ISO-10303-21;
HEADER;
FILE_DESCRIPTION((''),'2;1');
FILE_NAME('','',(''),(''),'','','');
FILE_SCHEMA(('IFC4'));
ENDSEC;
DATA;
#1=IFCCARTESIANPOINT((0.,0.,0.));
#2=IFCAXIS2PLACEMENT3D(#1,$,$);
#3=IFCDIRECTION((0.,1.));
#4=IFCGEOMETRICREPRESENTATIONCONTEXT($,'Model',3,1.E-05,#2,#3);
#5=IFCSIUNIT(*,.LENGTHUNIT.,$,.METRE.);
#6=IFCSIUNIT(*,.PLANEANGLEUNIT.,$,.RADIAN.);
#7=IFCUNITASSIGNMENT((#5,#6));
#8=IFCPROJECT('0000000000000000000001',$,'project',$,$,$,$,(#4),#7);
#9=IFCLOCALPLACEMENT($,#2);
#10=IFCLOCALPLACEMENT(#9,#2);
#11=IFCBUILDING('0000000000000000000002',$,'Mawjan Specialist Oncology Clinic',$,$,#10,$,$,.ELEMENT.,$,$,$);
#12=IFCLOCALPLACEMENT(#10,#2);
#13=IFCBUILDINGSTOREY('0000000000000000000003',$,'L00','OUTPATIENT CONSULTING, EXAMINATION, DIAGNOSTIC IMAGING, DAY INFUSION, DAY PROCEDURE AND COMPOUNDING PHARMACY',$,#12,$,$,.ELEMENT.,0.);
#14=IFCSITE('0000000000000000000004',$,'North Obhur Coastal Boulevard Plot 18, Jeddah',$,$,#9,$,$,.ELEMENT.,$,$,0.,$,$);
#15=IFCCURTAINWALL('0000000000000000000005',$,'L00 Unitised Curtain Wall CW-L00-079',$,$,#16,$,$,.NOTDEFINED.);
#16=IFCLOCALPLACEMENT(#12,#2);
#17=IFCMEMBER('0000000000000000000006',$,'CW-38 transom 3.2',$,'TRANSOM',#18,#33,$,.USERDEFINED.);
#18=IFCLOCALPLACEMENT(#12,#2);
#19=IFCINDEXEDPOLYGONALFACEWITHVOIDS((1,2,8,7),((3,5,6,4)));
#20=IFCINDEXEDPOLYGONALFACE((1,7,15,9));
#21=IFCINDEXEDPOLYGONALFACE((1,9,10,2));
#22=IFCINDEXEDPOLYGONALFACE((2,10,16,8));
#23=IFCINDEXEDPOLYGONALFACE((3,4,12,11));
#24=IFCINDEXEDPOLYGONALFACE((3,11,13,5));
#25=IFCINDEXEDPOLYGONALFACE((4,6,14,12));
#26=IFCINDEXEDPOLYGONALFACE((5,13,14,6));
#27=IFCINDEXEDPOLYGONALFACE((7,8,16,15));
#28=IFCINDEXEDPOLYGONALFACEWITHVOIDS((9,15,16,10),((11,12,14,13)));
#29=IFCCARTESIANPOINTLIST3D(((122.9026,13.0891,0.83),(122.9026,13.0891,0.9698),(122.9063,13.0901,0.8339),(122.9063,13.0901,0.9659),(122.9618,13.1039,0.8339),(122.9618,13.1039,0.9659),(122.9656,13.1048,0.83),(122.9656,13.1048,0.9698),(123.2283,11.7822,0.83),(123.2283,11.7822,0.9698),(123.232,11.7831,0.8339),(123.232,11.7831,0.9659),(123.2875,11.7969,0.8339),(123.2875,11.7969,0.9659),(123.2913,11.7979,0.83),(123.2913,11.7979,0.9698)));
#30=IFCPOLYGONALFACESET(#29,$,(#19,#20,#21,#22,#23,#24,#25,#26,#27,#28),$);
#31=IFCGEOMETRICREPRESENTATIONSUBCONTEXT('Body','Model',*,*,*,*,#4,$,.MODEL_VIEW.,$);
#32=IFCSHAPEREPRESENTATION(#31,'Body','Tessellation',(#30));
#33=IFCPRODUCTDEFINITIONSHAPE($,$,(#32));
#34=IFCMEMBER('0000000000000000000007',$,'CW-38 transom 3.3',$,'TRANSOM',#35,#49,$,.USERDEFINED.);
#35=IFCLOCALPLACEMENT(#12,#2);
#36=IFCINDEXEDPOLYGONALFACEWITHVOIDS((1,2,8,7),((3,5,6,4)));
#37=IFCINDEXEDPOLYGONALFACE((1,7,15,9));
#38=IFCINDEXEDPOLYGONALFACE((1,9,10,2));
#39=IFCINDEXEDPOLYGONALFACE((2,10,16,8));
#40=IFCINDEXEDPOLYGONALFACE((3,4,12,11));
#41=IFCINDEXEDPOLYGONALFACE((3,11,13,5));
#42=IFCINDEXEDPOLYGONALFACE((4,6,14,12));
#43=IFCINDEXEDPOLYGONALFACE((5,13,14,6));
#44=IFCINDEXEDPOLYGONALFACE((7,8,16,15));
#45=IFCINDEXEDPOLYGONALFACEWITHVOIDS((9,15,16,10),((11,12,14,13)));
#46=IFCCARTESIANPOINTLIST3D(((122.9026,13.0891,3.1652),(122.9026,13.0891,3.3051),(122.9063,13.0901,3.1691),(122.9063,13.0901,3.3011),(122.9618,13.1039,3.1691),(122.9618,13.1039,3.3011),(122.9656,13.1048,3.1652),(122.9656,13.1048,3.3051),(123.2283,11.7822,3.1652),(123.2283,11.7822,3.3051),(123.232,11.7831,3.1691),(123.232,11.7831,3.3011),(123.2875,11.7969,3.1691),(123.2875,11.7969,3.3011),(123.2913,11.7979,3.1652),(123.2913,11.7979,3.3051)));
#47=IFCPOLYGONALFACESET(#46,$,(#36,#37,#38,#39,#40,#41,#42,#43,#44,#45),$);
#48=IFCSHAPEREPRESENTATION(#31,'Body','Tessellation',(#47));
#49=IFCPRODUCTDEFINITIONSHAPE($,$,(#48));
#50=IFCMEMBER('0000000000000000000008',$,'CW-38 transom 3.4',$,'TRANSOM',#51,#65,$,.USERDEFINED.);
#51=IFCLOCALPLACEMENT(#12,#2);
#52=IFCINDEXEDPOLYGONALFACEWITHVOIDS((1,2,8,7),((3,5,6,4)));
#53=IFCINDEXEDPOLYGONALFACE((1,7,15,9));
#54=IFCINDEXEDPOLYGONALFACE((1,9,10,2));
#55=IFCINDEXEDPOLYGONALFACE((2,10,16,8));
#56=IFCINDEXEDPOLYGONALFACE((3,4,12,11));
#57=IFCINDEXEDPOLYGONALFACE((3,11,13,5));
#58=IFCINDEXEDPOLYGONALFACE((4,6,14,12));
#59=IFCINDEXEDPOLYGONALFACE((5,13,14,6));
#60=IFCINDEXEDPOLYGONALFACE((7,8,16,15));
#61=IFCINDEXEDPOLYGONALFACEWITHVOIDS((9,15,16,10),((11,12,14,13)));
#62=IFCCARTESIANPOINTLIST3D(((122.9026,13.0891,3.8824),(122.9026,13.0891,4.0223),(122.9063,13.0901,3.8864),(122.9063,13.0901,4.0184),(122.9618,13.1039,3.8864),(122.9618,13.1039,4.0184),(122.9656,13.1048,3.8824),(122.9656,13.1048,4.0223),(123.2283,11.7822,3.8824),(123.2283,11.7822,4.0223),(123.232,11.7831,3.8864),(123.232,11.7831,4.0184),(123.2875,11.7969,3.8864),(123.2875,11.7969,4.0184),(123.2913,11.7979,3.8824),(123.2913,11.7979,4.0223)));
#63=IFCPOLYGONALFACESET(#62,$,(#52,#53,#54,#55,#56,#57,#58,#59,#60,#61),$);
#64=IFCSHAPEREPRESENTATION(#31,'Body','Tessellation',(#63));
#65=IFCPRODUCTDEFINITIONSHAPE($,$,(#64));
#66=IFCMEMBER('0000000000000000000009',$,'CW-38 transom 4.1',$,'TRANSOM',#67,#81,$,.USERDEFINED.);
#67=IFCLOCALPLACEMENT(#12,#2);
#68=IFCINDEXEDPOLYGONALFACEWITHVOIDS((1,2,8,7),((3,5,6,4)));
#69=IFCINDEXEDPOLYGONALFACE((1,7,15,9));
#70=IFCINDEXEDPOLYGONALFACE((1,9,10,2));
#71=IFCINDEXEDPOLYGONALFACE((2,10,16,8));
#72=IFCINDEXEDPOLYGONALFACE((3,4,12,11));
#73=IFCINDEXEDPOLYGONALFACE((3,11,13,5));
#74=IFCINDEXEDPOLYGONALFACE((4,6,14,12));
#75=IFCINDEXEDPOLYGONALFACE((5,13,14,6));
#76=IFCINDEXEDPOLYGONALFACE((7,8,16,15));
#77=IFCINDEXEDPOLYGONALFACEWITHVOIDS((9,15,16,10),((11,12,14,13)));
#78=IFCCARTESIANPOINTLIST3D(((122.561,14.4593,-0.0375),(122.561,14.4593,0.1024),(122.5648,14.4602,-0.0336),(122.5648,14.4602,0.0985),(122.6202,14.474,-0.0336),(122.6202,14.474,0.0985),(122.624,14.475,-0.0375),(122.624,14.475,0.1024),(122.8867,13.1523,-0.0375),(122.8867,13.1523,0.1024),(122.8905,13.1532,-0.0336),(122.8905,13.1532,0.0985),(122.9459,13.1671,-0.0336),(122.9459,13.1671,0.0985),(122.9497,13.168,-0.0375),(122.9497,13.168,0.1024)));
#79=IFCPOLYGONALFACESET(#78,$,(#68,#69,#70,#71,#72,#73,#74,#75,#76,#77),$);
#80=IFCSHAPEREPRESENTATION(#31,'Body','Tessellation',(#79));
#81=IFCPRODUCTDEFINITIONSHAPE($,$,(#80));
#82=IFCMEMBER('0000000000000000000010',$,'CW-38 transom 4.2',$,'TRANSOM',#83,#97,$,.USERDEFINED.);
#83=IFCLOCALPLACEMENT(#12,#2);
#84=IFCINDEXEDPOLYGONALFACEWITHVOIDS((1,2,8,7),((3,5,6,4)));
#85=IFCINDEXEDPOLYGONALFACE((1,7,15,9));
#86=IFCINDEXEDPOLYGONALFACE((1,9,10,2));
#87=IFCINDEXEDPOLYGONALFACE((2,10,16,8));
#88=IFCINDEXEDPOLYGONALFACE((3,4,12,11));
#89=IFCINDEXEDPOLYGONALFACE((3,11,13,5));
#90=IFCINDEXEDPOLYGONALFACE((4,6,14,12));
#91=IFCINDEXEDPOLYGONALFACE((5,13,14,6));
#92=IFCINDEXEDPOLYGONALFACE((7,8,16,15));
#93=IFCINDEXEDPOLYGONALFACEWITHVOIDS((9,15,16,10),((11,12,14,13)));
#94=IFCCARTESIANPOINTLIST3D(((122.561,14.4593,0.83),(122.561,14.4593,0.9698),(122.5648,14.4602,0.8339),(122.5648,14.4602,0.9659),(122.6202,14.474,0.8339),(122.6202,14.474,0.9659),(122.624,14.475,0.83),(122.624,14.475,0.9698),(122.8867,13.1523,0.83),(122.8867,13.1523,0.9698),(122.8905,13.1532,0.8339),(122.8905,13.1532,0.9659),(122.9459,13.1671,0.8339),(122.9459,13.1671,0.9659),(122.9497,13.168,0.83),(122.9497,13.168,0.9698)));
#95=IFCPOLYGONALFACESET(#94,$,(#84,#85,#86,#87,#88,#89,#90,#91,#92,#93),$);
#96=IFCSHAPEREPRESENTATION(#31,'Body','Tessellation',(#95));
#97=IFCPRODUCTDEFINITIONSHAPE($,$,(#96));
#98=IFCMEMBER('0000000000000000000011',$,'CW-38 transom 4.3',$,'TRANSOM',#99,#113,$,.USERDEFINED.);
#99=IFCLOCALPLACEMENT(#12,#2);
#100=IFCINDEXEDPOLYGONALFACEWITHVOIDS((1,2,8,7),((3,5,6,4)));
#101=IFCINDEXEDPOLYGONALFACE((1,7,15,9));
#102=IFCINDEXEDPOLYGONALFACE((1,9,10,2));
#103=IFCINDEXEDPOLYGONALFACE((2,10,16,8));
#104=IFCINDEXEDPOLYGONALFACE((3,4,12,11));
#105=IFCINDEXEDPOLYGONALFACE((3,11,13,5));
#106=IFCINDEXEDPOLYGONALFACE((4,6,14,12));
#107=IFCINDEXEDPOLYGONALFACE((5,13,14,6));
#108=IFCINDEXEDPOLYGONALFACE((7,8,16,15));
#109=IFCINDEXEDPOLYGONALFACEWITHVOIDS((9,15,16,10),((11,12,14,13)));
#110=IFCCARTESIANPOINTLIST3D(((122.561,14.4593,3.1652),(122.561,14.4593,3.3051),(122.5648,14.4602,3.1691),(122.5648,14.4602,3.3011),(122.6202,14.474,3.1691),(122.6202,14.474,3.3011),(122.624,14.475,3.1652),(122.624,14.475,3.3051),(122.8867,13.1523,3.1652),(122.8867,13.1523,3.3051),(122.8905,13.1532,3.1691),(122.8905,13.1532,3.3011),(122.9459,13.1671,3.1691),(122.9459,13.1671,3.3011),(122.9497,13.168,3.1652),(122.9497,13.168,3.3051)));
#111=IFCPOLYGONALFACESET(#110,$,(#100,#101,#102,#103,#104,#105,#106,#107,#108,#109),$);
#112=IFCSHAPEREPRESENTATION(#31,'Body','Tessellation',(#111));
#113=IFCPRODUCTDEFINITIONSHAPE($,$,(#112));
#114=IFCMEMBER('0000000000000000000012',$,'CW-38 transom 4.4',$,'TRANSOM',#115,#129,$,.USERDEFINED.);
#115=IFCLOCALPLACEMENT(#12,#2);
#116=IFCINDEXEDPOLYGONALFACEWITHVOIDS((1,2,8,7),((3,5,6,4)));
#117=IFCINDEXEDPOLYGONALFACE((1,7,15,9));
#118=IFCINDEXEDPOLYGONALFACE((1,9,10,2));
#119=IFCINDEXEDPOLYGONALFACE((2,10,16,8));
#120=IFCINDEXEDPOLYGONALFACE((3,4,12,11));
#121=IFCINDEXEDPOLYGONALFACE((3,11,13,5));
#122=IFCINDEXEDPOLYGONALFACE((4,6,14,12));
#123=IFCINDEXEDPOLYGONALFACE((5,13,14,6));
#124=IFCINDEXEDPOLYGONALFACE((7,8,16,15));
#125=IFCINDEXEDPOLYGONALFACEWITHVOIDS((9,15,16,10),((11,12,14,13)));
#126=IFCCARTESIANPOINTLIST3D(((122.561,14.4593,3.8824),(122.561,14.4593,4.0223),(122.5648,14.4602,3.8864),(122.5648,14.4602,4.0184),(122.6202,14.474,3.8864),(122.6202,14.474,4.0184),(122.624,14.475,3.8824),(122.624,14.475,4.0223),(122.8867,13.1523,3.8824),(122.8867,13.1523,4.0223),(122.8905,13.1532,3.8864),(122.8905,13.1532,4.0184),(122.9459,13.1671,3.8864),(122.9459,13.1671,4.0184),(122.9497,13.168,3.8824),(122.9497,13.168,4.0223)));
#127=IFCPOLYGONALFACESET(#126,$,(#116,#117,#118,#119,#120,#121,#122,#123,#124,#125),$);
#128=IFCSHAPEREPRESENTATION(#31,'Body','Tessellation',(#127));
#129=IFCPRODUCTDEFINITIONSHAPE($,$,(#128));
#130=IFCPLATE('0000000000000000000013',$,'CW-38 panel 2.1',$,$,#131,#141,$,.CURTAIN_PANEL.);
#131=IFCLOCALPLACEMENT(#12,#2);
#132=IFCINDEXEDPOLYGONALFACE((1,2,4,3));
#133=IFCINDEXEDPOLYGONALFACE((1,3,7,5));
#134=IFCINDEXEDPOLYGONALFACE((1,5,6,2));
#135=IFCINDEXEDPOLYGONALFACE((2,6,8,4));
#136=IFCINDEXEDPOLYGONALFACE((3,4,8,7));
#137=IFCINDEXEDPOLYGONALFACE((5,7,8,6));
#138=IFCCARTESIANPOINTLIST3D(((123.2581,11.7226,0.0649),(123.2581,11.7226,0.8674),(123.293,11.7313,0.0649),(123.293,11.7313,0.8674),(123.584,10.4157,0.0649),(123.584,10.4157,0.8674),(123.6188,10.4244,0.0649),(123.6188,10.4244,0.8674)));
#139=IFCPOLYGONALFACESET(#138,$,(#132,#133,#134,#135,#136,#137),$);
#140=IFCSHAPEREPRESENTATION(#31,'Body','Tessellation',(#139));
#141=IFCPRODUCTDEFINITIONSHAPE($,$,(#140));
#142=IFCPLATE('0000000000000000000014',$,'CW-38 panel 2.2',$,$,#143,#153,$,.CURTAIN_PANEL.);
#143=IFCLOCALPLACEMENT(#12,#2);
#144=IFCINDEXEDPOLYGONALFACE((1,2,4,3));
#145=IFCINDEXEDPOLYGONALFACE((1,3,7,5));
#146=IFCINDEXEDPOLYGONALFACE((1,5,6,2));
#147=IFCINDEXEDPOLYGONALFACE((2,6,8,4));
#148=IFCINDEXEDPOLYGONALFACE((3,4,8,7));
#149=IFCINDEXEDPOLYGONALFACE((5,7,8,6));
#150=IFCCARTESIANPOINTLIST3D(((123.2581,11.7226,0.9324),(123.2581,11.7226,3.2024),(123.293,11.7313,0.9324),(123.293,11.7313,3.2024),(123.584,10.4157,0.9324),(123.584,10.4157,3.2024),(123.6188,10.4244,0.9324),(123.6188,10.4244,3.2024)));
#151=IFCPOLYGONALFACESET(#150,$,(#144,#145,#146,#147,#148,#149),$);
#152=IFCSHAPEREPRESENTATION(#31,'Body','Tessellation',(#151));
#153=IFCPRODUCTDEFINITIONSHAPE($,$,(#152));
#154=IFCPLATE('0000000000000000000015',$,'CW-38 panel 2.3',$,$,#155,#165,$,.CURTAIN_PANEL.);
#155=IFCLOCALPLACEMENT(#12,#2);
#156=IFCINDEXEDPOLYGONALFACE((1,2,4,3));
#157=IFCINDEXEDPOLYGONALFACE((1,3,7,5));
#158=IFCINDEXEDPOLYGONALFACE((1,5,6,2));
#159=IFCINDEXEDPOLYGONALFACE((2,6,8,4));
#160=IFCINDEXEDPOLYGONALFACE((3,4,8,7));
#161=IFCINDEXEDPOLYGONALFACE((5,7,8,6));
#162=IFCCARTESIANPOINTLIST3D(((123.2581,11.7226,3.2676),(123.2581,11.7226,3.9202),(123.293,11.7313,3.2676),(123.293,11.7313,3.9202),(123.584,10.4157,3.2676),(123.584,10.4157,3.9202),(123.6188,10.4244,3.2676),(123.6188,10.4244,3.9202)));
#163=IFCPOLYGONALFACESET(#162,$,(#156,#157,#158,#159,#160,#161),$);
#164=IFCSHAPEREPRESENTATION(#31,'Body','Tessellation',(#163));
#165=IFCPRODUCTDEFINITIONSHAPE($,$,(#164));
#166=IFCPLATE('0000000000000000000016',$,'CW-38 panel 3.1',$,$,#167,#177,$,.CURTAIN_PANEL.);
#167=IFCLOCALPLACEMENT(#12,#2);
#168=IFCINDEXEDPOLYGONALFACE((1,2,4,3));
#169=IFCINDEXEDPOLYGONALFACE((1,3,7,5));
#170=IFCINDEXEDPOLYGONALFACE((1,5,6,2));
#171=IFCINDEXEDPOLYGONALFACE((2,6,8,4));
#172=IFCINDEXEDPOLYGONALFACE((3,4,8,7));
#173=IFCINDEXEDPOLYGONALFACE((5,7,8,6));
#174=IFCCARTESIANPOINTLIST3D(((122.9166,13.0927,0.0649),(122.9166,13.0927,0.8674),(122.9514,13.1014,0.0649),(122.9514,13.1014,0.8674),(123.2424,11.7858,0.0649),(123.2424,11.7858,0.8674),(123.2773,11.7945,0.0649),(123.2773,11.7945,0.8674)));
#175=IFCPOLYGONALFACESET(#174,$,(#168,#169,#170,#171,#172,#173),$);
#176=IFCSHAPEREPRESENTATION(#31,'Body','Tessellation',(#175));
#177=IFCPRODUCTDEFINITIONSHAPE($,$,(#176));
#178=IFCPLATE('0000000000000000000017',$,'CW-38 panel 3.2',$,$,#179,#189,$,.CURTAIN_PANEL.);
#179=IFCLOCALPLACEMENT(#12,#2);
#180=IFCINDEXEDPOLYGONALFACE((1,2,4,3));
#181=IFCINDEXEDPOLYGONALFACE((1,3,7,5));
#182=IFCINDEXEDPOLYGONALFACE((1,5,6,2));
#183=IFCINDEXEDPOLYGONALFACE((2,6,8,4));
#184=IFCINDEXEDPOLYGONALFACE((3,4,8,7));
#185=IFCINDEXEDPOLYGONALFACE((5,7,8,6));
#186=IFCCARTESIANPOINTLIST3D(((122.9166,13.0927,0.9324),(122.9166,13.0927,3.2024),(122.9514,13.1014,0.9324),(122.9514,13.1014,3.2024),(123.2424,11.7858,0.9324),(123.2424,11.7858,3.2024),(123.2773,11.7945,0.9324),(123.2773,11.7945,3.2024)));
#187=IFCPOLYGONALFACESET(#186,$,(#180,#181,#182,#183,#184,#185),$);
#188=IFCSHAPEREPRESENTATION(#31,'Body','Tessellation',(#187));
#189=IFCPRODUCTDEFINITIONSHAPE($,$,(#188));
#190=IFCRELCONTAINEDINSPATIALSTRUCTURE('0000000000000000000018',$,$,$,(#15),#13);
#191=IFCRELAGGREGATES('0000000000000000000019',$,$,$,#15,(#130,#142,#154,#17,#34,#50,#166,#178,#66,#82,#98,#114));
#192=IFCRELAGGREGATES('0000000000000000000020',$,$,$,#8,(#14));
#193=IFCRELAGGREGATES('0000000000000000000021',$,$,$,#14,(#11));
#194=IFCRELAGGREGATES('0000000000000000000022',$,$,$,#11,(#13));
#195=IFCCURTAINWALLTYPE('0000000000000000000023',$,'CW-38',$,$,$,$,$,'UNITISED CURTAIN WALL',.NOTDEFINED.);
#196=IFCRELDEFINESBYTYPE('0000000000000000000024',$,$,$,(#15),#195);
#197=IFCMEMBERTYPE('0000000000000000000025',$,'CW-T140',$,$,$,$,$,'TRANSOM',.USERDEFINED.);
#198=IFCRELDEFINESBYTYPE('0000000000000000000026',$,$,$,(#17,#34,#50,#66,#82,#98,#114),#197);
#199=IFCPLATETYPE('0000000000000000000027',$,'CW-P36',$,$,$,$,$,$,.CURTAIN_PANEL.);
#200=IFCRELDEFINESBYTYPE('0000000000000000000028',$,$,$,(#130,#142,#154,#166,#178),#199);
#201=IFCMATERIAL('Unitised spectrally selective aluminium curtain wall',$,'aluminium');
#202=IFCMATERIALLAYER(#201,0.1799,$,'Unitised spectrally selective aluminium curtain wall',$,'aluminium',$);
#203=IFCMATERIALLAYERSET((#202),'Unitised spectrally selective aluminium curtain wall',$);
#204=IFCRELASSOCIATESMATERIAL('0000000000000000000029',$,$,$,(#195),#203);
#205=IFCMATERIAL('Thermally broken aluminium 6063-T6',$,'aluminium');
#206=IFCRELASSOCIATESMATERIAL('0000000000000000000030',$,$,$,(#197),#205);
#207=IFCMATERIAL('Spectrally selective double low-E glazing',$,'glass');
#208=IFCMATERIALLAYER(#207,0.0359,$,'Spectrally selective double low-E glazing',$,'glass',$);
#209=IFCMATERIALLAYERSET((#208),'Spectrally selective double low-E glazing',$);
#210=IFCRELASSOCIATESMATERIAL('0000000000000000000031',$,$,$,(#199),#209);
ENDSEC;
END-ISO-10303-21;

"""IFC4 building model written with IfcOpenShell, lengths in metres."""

from ifc_helpers import new_model, si_unit, direction, frame, origin, origin_2d, place, context, subcontext, project, spatial, rectangle, hollow_rectangle, extrude, material, layer, layer_set, material_profile, profile_set, type_object, element, aggregate, save


model = new_model("IFC4")

# Units and contexts
model_context = context("Model", 3, precision=1e-05, world=origin(), true_north=direction((0.0, 1.0)))
body_context = subcontext(model_context, "Body", "Model", "MODEL_VIEW")
ifc_project = project(units=[si_unit("LENGTHUNIT", "METRE"), si_unit("PLANEANGLEUNIT", "RADIAN")], contexts=[model_context])

# Site, building, storey
site_placement = place(None, origin())
site = spatial("IfcSite", under=ifc_project, at=site_placement, Name="North Obhur Coastal Boulevard Plot 18, Jeddah", CompositionType="ELEMENT", RefElevation=0.0)
building_placement = place(site_placement, origin())
building = spatial("IfcBuilding", under=site, at=building_placement, Name="Mawjan Specialist Oncology Clinic", CompositionType="ELEMENT")
storey_placement = place(building_placement, origin())
storey = spatial("IfcBuildingStorey", under=building, at=storey_placement, Name="L00", Description="OUTPATIENT CONSULTING, EXAMINATION, DIAGNOSTIC IMAGING, DAY INFUSION, DAY PROCEDURE AND COMPOUNDING PHARMACY", CompositionType="ELEMENT", Elevation=0.0)

# Curtain wall, members, plates
ifc_material_1 = material(Name="Unitised spectrally selective aluminium curtain wall", Category="aluminium")
ifc_layer_1 = layer(ifc_material_1, 0.1799, Name="Unitised spectrally selective aluminium curtain wall", Category="aluminium")
ifc_layer_set_1 = layer_set([ifc_layer_1], Name="Unitised spectrally selective aluminium curtain wall")
curtain_wall_type = type_object("IfcCurtainWallType", Name="CW-38", ElementType="UNITISED CURTAIN WALL", PredefinedType="NOTDEFINED", material=ifc_layer_set_1)
curtain_wall_placement = place(storey_placement, origin())
curtain_wall = element("IfcCurtainWall", 1, at=curtain_wall_placement, inside=storey, type_object=curtain_wall_type, Name="L00 Unitised Curtain Wall CW-L00-079", PredefinedType="NOTDEFINED")
ifc_material_2 = material(Name="Thermally broken aluminium 6063-T6", Category="aluminium")
ifc_material_profile_1 = material_profile(ifc_material_2, hollow_rectangle(XDim=0.0649, YDim=0.1399, WallThickness=0.0039, at=origin_2d()), Name="ALU TRANSOM 140x65x4", Category="aluminium")
ifc_profile_set_1 = profile_set([ifc_material_profile_1], Name="Thermally broken aluminium 6063-T6")
member_type_1 = type_object("IfcMemberType", Name="CW-T140", ElementType="TRANSOM", PredefinedType="USERDEFINED", material=ifc_profile_set_1)
member_1_placement = place(storey_placement, frame((123.2598, 11.79, 0.8999), z_axis=(-0.24181, 0.970323, 0.0), x_axis=(-0.970323, -0.24181, 0.0)))
member_1 = element("IfcMember", 2, at=member_1_placement, type_object=member_type_1, Name="CW-38 transom 3.2", ObjectType="TRANSOM", PredefinedType="USERDEFINED", context=body_context, shape_type="SweptSolid", body=[
    extrude(hollow_rectangle(XDim=0.0649, YDim=0.1399, WallThickness=0.0039, at=origin_2d()), origin(), (0.0, 0.0, 1.0), 1.3469),
])
member_2_placement = place(storey_placement, frame((123.2598, 11.79, 3.2351), z_axis=(-0.24181, 0.970323, 0.0), x_axis=(-0.970323, -0.24181, 0.0)))
member_2 = element("IfcMember", 3, at=member_2_placement, type_object=member_type_1, Name="CW-38 transom 3.3", ObjectType="TRANSOM", PredefinedType="USERDEFINED", context=body_context, shape_type="SweptSolid", body=[
    extrude(hollow_rectangle(XDim=0.0649, YDim=0.1399, WallThickness=0.0039, at=origin_2d()), origin(), (0.0, 0.0, 1.0), 1.3469),
])
member_3_placement = place(storey_placement, frame((123.2598, 11.79, 3.9524), z_axis=(-0.24181, 0.970323, 0.0), x_axis=(-0.970323, -0.24181, 0.0)))
member_3 = element("IfcMember", 4, at=member_3_placement, type_object=member_type_1, Name="CW-38 transom 3.4", ObjectType="TRANSOM", PredefinedType="USERDEFINED", context=body_context, shape_type="SweptSolid", body=[
    extrude(hollow_rectangle(XDim=0.0649, YDim=0.1399, WallThickness=0.0039, at=origin_2d()), origin(), (0.0, 0.0, 1.0), 1.3469),
])
member_4_placement = place(storey_placement, frame((122.9182, 13.1602, 0.0325), z_axis=(-0.24181, 0.970323, 0.0), x_axis=(-0.970323, -0.24181, 0.0)))
member_4 = element("IfcMember", 5, at=member_4_placement, type_object=member_type_1, Name="CW-38 transom 4.1", ObjectType="TRANSOM", PredefinedType="USERDEFINED", context=body_context, shape_type="SweptSolid", body=[
    extrude(hollow_rectangle(XDim=0.0649, YDim=0.1399, WallThickness=0.0039, at=origin_2d()), origin(), (0.0, 0.0, 1.0), 1.3469),
])
member_5_placement = place(storey_placement, frame((122.9182, 13.1602, 0.8999), z_axis=(-0.24181, 0.970323, 0.0), x_axis=(-0.970323, -0.24181, 0.0)))
member_5 = element("IfcMember", 6, at=member_5_placement, type_object=member_type_1, Name="CW-38 transom 4.2", ObjectType="TRANSOM", PredefinedType="USERDEFINED", context=body_context, shape_type="SweptSolid", body=[
    extrude(hollow_rectangle(XDim=0.0649, YDim=0.1399, WallThickness=0.0039, at=origin_2d()), origin(), (0.0, 0.0, 1.0), 1.3469),
])
member_6_placement = place(storey_placement, frame((122.9182, 13.1602, 3.2351), z_axis=(-0.24181, 0.970323, 0.0), x_axis=(-0.970323, -0.24181, 0.0)))
member_6 = element("IfcMember", 7, at=member_6_placement, type_object=member_type_1, Name="CW-38 transom 4.3", ObjectType="TRANSOM", PredefinedType="USERDEFINED", context=body_context, shape_type="SweptSolid", body=[
    extrude(hollow_rectangle(XDim=0.0649, YDim=0.1399, WallThickness=0.0039, at=origin_2d()), origin(), (0.0, 0.0, 1.0), 1.3469),
])
member_7_placement = place(storey_placement, frame((122.9182, 13.1602, 3.9524), z_axis=(-0.24181, 0.970323, 0.0), x_axis=(-0.970323, -0.24181, 0.0)))
member_7 = element("IfcMember", 8, at=member_7_placement, type_object=member_type_1, Name="CW-38 transom 4.4", ObjectType="TRANSOM", PredefinedType="USERDEFINED", context=body_context, shape_type="SweptSolid", body=[
    extrude(hollow_rectangle(XDim=0.0649, YDim=0.1399, WallThickness=0.0039, at=origin_2d()), origin(), (0.0, 0.0, 1.0), 1.3469),
])
ifc_material_3 = material(Name="Spectrally selective double low-E glazing", Category="glass")
ifc_layer_2 = layer(ifc_material_3, 0.0359, Name="Spectrally selective double low-E glazing", Category="glass")
ifc_layer_set_2 = layer_set([ifc_layer_2], Name="Spectrally selective double low-E glazing")
plate_type = type_object("IfcPlateType", Name="CW-P36", PredefinedType="CURTAIN_PANEL", material=ifc_layer_set_2)
plate_1_placement = place(storey_placement, frame((123.4385, 11.0735, 0.0649), z_axis=(0.0, 0.0, 1.0), x_axis=(-0.241922, 0.970296, 0.0)))
plate_1 = element("IfcPlate", 9, at=plate_1_placement, type_object=plate_type, Name="CW-38 panel 2.1", PredefinedType="CURTAIN_PANEL", context=body_context, shape_type="SweptSolid", body=[
    extrude(rectangle(XDim=1.3469, YDim=0.0359, at=origin_2d()), origin(), (0.0, 0.0, 1.0), 0.8025),
])
plate_2_placement = place(storey_placement, frame((123.4385, 11.0735, 0.9324), z_axis=(0.0, 0.0, 1.0), x_axis=(-0.241922, 0.970296, 0.0)))
plate_2 = element("IfcPlate", 10, at=plate_2_placement, type_object=plate_type, Name="CW-38 panel 2.2", PredefinedType="CURTAIN_PANEL", context=body_context, shape_type="SweptSolid", body=[
    extrude(rectangle(XDim=1.3469, YDim=0.0359, at=origin_2d()), origin(), (0.0, 0.0, 1.0), 2.27),
])
plate_3_placement = place(storey_placement, frame((123.4385, 11.0735, 3.2676), z_axis=(0.0, 0.0, 1.0), x_axis=(-0.241922, 0.970296, 0.0)))
plate_3 = element("IfcPlate", 11, at=plate_3_placement, type_object=plate_type, Name="CW-38 panel 2.3", PredefinedType="CURTAIN_PANEL", context=body_context, shape_type="SweptSolid", body=[
    extrude(rectangle(XDim=1.3469, YDim=0.0359, at=origin_2d()), origin(), (0.0, 0.0, 1.0), 0.6526),
])
plate_4_placement = place(storey_placement, frame((123.0969, 12.4436, 0.0649), z_axis=(0.0, 0.0, 1.0), x_axis=(-0.241922, 0.970296, 0.0)))
plate_4 = element("IfcPlate", 12, at=plate_4_placement, type_object=plate_type, Name="CW-38 panel 3.1", PredefinedType="CURTAIN_PANEL", context=body_context, shape_type="SweptSolid", body=[
    extrude(rectangle(XDim=1.3469, YDim=0.0359, at=origin_2d()), origin(), (0.0, 0.0, 1.0), 0.8025),
])
plate_5_placement = place(storey_placement, frame((123.0969, 12.4436, 0.9324), z_axis=(0.0, 0.0, 1.0), x_axis=(-0.241922, 0.970296, 0.0)))
plate_5 = element("IfcPlate", 13, at=plate_5_placement, type_object=plate_type, Name="CW-38 panel 3.2", PredefinedType="CURTAIN_PANEL", context=body_context, shape_type="SweptSolid", body=[
    extrude(rectangle(XDim=1.3469, YDim=0.0359, at=origin_2d()), origin(), (0.0, 0.0, 1.0), 2.27),
])
aggregate(curtain_wall, [plate_1, plate_2, plate_3, member_1, member_2, member_3, plate_4, plate_5, member_4, member_5, member_6, member_7])

save(model, "model.ifc")
